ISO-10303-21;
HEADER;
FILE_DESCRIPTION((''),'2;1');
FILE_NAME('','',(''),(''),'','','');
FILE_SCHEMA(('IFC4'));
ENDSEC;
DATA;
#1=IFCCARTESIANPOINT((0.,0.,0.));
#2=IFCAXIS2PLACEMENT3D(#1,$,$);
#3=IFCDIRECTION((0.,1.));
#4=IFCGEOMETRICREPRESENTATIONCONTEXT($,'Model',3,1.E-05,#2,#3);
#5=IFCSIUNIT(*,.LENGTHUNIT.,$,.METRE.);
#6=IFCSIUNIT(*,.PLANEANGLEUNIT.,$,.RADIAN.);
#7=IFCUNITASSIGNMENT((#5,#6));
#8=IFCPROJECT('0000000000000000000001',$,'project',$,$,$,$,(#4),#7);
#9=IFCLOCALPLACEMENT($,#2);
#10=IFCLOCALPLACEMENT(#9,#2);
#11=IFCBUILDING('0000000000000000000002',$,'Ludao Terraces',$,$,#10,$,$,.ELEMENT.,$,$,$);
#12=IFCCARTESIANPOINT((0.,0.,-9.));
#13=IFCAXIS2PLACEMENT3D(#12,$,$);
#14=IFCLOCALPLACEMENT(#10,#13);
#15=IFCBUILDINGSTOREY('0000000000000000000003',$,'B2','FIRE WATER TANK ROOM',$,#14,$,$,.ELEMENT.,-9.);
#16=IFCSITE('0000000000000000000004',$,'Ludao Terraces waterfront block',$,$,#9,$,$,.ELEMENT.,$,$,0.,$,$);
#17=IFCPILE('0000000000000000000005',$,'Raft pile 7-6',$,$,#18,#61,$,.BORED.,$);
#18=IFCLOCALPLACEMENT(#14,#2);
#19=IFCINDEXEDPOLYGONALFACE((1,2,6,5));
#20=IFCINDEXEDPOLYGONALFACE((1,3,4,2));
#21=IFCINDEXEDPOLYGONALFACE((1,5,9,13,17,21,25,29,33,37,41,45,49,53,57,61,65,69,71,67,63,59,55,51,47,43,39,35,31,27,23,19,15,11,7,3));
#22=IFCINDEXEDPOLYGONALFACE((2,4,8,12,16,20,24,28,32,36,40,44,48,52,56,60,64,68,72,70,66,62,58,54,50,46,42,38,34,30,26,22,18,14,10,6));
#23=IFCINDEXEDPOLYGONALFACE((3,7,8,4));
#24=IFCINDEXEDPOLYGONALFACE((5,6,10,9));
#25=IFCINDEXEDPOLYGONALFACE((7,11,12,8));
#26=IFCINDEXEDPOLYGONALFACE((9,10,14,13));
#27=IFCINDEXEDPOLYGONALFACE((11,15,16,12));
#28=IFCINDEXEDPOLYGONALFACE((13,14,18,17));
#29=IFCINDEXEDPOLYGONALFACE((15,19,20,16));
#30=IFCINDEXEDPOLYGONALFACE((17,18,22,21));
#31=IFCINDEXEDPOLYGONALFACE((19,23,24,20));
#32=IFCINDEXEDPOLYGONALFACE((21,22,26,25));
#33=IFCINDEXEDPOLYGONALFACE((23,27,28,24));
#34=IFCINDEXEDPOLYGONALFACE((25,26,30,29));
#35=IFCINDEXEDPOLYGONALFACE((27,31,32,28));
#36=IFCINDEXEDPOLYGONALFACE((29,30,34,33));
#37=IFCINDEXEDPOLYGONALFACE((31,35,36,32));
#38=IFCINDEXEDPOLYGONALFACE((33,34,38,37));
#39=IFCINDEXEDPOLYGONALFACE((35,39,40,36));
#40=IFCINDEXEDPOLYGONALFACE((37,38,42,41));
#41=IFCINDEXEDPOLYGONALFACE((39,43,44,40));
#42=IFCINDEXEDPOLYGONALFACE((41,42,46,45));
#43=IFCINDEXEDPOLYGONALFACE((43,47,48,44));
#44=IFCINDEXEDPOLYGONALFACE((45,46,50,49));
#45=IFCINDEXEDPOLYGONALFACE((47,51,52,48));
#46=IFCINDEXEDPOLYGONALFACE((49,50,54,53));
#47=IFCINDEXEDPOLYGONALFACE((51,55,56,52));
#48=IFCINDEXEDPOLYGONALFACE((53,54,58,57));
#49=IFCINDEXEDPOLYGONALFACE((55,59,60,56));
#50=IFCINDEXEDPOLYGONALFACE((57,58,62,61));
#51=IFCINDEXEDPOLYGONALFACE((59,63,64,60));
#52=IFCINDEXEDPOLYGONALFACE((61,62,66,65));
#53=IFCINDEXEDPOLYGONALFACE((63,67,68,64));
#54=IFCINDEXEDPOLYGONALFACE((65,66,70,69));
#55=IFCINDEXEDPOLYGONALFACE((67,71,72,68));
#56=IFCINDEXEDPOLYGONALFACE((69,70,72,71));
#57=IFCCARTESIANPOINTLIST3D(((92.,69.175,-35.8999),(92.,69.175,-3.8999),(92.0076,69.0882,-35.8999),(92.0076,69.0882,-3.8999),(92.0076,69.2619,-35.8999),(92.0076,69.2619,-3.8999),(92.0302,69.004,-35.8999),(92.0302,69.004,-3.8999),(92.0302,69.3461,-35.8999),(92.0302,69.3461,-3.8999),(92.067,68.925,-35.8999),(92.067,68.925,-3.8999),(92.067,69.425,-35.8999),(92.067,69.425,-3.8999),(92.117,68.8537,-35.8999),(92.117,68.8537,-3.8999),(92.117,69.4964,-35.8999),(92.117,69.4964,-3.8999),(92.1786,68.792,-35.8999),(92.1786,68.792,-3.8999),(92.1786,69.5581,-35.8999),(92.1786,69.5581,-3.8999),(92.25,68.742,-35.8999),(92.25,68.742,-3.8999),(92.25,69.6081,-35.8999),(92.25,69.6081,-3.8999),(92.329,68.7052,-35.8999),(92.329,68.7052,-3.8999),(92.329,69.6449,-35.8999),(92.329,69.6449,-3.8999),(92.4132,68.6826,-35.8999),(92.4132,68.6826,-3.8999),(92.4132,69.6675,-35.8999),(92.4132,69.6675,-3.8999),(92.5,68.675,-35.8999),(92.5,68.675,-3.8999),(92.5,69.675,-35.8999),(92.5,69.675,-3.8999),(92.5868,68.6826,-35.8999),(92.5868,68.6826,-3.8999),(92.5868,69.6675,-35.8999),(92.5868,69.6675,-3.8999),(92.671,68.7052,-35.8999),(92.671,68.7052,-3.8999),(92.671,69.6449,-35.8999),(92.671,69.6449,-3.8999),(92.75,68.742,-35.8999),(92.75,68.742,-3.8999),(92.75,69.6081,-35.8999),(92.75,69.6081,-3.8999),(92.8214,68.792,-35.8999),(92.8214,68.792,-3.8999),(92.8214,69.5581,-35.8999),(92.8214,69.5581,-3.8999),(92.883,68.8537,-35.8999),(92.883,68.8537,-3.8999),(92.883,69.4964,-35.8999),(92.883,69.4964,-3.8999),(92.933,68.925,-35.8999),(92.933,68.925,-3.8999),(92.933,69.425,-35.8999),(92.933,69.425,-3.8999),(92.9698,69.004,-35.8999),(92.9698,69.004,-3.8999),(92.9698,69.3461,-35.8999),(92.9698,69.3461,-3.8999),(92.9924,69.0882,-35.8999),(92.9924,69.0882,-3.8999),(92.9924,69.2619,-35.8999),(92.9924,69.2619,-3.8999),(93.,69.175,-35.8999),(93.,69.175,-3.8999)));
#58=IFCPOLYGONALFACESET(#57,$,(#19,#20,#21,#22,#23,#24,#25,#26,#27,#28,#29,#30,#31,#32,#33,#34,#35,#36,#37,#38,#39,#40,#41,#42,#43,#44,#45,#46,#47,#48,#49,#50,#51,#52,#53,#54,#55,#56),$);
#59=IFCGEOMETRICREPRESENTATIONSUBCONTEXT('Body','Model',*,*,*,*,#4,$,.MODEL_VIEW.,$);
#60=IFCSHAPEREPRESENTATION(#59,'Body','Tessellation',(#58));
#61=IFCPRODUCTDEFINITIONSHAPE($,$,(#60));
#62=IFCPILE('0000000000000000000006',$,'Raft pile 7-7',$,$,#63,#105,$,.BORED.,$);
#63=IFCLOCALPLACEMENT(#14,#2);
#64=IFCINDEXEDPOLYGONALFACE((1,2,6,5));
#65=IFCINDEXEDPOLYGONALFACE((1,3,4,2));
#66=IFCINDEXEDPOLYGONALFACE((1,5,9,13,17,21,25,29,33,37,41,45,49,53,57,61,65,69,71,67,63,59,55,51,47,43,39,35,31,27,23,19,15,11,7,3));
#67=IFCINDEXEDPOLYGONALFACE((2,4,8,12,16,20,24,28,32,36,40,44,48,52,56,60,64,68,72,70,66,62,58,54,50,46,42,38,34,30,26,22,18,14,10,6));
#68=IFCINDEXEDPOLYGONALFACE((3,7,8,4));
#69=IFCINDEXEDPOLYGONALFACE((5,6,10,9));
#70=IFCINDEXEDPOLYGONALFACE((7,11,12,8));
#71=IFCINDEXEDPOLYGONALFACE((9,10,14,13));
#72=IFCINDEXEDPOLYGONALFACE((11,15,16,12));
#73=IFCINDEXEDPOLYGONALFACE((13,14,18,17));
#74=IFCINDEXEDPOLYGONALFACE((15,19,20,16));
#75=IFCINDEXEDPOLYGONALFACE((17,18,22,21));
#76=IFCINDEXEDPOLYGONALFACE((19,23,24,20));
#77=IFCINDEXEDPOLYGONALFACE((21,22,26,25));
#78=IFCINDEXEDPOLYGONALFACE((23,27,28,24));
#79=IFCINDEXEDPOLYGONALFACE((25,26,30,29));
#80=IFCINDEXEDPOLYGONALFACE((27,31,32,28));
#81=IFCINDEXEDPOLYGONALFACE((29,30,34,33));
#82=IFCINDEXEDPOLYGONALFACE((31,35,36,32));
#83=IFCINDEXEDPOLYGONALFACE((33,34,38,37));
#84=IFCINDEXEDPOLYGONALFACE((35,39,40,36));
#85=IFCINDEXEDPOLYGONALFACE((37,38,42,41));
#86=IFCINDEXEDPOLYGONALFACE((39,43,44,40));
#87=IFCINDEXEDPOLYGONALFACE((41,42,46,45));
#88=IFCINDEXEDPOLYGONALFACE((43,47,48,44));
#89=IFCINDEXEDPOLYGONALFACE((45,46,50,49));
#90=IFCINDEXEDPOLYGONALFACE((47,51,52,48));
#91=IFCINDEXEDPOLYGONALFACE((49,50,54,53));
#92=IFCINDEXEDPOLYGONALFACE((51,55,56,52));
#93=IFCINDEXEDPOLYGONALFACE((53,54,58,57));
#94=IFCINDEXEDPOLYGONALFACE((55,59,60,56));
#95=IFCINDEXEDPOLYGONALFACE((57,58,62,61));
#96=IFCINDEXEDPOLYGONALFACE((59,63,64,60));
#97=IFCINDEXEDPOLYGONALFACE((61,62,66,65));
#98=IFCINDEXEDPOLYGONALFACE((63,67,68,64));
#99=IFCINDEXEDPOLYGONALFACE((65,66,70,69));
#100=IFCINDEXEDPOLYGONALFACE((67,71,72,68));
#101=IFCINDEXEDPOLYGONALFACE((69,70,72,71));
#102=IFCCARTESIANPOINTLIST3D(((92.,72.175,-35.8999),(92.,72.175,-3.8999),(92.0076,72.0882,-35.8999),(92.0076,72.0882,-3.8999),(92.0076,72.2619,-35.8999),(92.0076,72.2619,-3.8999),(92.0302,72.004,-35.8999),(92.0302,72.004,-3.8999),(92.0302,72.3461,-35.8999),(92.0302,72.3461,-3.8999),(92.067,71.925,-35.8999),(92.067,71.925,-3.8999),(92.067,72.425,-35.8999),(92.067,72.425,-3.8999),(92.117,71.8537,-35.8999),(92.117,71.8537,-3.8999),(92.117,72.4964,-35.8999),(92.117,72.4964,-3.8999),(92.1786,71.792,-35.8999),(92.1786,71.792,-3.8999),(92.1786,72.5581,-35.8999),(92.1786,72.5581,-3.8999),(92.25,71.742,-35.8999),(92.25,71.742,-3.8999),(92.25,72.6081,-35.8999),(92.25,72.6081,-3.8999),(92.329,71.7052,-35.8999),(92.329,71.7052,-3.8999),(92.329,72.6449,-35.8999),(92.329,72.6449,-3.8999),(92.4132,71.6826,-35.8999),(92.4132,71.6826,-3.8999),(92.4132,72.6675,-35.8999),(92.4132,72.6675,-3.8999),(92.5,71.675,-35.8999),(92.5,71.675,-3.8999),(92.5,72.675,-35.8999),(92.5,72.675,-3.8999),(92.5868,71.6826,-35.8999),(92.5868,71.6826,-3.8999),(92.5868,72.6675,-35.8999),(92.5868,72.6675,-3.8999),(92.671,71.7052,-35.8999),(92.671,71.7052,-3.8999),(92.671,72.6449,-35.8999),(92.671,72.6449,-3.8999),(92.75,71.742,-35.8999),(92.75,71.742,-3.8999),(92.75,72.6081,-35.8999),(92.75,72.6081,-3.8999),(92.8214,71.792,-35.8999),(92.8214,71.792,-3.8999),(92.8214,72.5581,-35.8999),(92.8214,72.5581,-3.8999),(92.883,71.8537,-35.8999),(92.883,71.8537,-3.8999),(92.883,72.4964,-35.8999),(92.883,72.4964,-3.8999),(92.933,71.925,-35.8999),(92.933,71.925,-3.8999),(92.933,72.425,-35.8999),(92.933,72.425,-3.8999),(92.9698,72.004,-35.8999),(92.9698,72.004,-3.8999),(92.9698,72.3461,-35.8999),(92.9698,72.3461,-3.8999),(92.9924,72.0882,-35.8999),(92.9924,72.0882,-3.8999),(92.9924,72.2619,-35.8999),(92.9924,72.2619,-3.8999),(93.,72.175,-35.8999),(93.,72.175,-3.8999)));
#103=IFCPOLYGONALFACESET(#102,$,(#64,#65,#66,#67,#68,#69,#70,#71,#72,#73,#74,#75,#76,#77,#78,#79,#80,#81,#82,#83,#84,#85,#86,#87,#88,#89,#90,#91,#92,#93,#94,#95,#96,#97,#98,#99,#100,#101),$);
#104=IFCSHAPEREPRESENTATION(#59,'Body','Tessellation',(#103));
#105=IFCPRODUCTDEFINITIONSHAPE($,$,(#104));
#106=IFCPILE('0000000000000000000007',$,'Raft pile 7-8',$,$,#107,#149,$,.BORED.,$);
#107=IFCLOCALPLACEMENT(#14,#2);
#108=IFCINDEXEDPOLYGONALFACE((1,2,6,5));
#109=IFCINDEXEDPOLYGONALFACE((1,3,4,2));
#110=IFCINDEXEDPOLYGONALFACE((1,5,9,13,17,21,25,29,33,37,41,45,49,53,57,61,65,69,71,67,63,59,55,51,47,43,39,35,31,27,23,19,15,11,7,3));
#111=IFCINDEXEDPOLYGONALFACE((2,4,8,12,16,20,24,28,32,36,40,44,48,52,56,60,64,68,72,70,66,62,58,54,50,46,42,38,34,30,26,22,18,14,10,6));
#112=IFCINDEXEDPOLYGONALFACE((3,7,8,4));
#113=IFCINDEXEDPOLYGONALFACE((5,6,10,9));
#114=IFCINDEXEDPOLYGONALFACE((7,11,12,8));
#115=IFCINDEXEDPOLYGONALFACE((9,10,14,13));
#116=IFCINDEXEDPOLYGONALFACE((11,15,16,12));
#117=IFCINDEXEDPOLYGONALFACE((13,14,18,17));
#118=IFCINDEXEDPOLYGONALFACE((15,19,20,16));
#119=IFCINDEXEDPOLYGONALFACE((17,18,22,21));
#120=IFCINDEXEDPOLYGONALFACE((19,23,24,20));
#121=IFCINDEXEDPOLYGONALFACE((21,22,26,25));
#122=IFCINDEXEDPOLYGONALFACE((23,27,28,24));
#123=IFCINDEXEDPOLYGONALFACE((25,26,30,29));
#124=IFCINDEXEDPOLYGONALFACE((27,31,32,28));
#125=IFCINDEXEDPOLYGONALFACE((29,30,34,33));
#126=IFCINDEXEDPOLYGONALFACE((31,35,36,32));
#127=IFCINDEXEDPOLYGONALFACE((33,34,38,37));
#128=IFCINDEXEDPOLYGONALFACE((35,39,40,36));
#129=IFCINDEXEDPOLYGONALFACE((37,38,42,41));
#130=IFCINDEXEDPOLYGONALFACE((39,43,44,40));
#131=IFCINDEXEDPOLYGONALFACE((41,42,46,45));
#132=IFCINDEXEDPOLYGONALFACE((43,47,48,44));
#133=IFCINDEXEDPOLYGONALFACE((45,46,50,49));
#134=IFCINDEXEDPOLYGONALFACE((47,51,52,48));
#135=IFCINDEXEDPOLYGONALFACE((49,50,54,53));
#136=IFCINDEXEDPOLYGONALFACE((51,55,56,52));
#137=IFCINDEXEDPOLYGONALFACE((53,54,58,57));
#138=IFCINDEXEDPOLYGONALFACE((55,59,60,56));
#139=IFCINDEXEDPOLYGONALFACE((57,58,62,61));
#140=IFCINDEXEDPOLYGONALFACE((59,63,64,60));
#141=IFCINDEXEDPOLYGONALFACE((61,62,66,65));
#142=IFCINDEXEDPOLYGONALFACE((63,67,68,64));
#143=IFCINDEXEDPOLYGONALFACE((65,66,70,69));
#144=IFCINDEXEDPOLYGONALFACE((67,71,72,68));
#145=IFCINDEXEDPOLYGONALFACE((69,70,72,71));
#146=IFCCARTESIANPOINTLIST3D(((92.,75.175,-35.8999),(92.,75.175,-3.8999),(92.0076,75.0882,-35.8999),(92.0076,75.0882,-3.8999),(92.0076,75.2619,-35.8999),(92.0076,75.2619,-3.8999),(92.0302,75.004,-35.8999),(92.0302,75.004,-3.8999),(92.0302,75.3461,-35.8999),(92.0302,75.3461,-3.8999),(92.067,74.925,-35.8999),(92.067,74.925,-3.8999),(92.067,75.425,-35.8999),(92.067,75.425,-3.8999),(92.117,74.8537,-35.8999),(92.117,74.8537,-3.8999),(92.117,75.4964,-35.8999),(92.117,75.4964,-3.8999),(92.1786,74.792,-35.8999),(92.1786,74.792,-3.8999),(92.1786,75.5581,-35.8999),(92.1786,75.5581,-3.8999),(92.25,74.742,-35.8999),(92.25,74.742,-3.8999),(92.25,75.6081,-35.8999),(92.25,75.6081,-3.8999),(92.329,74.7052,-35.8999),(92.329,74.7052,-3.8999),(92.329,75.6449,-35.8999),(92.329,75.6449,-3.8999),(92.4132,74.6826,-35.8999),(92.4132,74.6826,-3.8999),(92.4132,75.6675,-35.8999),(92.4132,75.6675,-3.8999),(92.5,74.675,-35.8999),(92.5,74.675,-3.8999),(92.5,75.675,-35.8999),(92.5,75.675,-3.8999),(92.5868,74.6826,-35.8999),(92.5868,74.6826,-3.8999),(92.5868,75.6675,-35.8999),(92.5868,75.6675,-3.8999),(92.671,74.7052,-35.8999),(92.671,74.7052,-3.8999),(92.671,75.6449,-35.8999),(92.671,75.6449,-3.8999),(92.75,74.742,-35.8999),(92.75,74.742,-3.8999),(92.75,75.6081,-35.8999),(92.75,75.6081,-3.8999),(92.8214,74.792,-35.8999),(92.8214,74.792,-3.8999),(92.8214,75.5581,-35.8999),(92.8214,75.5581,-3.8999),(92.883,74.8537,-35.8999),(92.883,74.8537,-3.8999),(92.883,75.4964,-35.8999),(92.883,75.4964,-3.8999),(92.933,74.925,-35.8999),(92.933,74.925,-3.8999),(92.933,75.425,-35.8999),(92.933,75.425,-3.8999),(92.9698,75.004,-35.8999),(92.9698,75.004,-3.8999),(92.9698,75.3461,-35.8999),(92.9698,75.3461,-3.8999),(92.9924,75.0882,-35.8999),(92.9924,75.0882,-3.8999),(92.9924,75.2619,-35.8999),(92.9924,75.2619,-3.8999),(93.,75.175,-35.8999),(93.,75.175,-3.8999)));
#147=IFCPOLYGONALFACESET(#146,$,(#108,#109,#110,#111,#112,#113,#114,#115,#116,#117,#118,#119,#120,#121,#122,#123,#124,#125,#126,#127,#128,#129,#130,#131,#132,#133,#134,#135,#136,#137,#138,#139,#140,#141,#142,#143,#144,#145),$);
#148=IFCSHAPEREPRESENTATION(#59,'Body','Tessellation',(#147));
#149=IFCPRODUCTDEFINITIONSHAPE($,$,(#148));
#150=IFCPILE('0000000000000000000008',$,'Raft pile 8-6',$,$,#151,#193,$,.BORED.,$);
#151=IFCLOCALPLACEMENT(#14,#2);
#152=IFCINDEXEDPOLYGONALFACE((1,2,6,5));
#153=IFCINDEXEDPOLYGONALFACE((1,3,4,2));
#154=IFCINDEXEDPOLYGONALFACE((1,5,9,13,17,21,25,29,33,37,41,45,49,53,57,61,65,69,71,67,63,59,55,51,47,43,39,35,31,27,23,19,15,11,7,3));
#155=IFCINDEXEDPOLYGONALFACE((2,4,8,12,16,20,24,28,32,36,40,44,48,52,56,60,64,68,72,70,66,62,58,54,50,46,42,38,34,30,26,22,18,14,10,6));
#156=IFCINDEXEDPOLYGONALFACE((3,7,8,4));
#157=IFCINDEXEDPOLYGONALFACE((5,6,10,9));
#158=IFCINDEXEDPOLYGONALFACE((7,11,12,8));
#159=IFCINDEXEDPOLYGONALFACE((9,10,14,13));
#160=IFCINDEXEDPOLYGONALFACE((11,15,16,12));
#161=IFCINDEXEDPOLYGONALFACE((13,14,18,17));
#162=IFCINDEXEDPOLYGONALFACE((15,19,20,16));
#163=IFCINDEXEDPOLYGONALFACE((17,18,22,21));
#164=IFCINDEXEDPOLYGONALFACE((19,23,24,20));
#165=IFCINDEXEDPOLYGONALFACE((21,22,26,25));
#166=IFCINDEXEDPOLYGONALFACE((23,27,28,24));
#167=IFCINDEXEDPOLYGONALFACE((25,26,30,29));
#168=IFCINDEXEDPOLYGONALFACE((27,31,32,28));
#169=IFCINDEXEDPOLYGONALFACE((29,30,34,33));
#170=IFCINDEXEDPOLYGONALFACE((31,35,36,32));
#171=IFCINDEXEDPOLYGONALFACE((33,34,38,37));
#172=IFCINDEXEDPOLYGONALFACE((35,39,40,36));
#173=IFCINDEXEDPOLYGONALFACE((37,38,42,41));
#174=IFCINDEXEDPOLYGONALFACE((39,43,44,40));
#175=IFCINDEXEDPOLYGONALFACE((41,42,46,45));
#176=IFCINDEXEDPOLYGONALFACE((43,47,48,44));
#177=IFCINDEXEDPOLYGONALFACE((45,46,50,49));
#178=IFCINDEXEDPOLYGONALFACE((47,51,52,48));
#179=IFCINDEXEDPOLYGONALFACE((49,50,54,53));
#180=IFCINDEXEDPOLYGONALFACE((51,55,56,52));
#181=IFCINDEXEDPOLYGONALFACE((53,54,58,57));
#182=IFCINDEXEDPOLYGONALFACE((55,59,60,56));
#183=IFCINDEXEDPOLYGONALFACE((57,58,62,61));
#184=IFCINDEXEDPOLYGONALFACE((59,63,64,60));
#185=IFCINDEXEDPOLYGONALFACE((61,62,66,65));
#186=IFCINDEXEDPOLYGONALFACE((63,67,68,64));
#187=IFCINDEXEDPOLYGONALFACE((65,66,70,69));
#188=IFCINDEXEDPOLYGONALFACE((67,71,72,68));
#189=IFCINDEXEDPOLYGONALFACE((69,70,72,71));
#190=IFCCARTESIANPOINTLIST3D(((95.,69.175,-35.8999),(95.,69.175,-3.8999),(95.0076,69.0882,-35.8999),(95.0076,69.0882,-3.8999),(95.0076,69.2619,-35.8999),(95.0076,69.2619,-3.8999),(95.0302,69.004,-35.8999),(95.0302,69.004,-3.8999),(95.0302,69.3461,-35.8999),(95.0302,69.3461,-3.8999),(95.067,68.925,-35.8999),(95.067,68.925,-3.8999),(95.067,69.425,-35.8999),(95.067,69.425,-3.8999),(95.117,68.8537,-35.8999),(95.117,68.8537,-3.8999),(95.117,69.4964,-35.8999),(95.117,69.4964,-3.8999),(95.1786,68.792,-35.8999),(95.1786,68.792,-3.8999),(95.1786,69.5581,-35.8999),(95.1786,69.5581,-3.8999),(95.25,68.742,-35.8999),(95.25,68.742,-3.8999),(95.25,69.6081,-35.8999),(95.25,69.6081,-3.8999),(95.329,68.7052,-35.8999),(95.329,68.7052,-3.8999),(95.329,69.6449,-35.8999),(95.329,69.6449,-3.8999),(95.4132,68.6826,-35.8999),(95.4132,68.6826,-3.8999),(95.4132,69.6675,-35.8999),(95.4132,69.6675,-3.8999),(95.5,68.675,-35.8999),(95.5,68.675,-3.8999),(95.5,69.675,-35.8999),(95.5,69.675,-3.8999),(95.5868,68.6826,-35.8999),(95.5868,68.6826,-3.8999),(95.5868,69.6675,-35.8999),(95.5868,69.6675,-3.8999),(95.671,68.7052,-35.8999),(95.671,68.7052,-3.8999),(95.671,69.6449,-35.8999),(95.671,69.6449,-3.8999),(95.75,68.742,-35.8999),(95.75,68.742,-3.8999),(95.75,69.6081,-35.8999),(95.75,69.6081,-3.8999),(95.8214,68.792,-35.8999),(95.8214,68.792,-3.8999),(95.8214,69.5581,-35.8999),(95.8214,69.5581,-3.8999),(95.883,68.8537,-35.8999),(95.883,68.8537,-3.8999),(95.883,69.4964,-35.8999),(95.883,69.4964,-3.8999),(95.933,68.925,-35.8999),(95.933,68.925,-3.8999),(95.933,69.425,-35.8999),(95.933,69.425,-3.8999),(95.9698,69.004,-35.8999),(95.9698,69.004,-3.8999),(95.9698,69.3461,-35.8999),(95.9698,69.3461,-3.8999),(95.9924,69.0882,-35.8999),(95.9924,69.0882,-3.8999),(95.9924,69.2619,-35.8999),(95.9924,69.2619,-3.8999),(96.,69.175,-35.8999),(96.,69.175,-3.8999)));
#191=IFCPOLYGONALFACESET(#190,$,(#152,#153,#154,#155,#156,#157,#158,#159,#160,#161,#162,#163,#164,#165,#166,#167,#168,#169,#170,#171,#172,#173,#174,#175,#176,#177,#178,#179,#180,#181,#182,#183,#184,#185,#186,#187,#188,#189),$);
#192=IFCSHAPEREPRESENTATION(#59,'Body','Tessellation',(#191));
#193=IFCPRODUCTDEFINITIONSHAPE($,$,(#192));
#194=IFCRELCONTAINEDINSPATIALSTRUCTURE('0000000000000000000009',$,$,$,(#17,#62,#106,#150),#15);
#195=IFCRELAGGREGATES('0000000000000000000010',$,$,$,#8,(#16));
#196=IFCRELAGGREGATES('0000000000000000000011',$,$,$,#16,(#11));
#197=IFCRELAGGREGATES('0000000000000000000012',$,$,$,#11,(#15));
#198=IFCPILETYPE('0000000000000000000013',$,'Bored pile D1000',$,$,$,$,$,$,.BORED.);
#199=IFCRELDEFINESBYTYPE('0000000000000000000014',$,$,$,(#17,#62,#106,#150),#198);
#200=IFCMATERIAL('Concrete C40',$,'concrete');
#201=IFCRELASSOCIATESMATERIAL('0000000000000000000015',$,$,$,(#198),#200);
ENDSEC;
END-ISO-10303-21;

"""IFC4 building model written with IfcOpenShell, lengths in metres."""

from ifc_helpers import new_model, si_unit, direction, frame, origin, origin_2d, place, context, subcontext, project, spatial, circle, extrude, material, material_profile, profile_set, type_object, element, save


model = new_model("IFC4")

# Units and contexts
model_context = context("Model", 3, precision=1e-05, world=origin(), true_north=direction((0.0, 1.0)))
body_context = subcontext(model_context, "Body", "Model", "MODEL_VIEW")
ifc_project = project(units=[si_unit("LENGTHUNIT", "METRE"), si_unit("PLANEANGLEUNIT", "RADIAN")], contexts=[model_context])

# Site, building, storey
site_placement = place(None, origin())
site = spatial("IfcSite", under=ifc_project, at=site_placement, Name="Ludao Terraces waterfront block", CompositionType="ELEMENT", RefElevation=0.0)
building_placement = place(site_placement, origin())
building = spatial("IfcBuilding", under=site, at=building_placement, Name="Ludao Terraces", CompositionType="ELEMENT")
storey_placement = place(building_placement, frame((0.0, 0.0, -9.0)))
storey = spatial("IfcBuildingStorey", under=building, at=storey_placement, Name="B2", Description="FIRE WATER TANK ROOM", CompositionType="ELEMENT", Elevation=-9.0)

# Piles
ifc_material_1 = material(Name="Concrete C40", Category="concrete")
ifc_material_profile = material_profile(ifc_material_1, circle(Radius=0.5, at=origin_2d()), Name="D1000 BORED PILE")
ifc_profile_set = profile_set([ifc_material_profile], Name="Concrete C40")
pile_type = type_object("IfcPileType", Name="Bored pile D1000", PredefinedType="BORED", material=ifc_profile_set)
for number, where, z_axis, x_axis, name in (
    (1, (92.5, 69.175, -3.8999), (0.0, 0.0, -1.0), (1.0, 0.0, 0.0), "Raft pile 7-6"),
    (2, (92.5, 72.175, -3.8999), (0.0, 0.0, -1.0), (1.0, 0.0, 0.0), "Raft pile 7-7"),
    (3, (92.5, 75.175, -3.8999), (0.0, 0.0, -1.0), (1.0, 0.0, 0.0), "Raft pile 7-8"),
    (4, (95.5, 69.175, -3.8999), (0.0, 0.0, -1.0), (1.0, 0.0, 0.0), "Raft pile 8-6"),
):
    element("IfcPile", number, at=place(storey_placement, frame(where, z_axis=z_axis, x_axis=x_axis)), inside=storey, type_object=pile_type, Name=name, PredefinedType="BORED", context=body_context, shape_type="SweptSolid", body=[
        extrude(circle(Radius=0.5, at=origin_2d()), origin(), (0.0, 0.0, 1.0), 32.0),
    ])

save(model, "model.ifc")
